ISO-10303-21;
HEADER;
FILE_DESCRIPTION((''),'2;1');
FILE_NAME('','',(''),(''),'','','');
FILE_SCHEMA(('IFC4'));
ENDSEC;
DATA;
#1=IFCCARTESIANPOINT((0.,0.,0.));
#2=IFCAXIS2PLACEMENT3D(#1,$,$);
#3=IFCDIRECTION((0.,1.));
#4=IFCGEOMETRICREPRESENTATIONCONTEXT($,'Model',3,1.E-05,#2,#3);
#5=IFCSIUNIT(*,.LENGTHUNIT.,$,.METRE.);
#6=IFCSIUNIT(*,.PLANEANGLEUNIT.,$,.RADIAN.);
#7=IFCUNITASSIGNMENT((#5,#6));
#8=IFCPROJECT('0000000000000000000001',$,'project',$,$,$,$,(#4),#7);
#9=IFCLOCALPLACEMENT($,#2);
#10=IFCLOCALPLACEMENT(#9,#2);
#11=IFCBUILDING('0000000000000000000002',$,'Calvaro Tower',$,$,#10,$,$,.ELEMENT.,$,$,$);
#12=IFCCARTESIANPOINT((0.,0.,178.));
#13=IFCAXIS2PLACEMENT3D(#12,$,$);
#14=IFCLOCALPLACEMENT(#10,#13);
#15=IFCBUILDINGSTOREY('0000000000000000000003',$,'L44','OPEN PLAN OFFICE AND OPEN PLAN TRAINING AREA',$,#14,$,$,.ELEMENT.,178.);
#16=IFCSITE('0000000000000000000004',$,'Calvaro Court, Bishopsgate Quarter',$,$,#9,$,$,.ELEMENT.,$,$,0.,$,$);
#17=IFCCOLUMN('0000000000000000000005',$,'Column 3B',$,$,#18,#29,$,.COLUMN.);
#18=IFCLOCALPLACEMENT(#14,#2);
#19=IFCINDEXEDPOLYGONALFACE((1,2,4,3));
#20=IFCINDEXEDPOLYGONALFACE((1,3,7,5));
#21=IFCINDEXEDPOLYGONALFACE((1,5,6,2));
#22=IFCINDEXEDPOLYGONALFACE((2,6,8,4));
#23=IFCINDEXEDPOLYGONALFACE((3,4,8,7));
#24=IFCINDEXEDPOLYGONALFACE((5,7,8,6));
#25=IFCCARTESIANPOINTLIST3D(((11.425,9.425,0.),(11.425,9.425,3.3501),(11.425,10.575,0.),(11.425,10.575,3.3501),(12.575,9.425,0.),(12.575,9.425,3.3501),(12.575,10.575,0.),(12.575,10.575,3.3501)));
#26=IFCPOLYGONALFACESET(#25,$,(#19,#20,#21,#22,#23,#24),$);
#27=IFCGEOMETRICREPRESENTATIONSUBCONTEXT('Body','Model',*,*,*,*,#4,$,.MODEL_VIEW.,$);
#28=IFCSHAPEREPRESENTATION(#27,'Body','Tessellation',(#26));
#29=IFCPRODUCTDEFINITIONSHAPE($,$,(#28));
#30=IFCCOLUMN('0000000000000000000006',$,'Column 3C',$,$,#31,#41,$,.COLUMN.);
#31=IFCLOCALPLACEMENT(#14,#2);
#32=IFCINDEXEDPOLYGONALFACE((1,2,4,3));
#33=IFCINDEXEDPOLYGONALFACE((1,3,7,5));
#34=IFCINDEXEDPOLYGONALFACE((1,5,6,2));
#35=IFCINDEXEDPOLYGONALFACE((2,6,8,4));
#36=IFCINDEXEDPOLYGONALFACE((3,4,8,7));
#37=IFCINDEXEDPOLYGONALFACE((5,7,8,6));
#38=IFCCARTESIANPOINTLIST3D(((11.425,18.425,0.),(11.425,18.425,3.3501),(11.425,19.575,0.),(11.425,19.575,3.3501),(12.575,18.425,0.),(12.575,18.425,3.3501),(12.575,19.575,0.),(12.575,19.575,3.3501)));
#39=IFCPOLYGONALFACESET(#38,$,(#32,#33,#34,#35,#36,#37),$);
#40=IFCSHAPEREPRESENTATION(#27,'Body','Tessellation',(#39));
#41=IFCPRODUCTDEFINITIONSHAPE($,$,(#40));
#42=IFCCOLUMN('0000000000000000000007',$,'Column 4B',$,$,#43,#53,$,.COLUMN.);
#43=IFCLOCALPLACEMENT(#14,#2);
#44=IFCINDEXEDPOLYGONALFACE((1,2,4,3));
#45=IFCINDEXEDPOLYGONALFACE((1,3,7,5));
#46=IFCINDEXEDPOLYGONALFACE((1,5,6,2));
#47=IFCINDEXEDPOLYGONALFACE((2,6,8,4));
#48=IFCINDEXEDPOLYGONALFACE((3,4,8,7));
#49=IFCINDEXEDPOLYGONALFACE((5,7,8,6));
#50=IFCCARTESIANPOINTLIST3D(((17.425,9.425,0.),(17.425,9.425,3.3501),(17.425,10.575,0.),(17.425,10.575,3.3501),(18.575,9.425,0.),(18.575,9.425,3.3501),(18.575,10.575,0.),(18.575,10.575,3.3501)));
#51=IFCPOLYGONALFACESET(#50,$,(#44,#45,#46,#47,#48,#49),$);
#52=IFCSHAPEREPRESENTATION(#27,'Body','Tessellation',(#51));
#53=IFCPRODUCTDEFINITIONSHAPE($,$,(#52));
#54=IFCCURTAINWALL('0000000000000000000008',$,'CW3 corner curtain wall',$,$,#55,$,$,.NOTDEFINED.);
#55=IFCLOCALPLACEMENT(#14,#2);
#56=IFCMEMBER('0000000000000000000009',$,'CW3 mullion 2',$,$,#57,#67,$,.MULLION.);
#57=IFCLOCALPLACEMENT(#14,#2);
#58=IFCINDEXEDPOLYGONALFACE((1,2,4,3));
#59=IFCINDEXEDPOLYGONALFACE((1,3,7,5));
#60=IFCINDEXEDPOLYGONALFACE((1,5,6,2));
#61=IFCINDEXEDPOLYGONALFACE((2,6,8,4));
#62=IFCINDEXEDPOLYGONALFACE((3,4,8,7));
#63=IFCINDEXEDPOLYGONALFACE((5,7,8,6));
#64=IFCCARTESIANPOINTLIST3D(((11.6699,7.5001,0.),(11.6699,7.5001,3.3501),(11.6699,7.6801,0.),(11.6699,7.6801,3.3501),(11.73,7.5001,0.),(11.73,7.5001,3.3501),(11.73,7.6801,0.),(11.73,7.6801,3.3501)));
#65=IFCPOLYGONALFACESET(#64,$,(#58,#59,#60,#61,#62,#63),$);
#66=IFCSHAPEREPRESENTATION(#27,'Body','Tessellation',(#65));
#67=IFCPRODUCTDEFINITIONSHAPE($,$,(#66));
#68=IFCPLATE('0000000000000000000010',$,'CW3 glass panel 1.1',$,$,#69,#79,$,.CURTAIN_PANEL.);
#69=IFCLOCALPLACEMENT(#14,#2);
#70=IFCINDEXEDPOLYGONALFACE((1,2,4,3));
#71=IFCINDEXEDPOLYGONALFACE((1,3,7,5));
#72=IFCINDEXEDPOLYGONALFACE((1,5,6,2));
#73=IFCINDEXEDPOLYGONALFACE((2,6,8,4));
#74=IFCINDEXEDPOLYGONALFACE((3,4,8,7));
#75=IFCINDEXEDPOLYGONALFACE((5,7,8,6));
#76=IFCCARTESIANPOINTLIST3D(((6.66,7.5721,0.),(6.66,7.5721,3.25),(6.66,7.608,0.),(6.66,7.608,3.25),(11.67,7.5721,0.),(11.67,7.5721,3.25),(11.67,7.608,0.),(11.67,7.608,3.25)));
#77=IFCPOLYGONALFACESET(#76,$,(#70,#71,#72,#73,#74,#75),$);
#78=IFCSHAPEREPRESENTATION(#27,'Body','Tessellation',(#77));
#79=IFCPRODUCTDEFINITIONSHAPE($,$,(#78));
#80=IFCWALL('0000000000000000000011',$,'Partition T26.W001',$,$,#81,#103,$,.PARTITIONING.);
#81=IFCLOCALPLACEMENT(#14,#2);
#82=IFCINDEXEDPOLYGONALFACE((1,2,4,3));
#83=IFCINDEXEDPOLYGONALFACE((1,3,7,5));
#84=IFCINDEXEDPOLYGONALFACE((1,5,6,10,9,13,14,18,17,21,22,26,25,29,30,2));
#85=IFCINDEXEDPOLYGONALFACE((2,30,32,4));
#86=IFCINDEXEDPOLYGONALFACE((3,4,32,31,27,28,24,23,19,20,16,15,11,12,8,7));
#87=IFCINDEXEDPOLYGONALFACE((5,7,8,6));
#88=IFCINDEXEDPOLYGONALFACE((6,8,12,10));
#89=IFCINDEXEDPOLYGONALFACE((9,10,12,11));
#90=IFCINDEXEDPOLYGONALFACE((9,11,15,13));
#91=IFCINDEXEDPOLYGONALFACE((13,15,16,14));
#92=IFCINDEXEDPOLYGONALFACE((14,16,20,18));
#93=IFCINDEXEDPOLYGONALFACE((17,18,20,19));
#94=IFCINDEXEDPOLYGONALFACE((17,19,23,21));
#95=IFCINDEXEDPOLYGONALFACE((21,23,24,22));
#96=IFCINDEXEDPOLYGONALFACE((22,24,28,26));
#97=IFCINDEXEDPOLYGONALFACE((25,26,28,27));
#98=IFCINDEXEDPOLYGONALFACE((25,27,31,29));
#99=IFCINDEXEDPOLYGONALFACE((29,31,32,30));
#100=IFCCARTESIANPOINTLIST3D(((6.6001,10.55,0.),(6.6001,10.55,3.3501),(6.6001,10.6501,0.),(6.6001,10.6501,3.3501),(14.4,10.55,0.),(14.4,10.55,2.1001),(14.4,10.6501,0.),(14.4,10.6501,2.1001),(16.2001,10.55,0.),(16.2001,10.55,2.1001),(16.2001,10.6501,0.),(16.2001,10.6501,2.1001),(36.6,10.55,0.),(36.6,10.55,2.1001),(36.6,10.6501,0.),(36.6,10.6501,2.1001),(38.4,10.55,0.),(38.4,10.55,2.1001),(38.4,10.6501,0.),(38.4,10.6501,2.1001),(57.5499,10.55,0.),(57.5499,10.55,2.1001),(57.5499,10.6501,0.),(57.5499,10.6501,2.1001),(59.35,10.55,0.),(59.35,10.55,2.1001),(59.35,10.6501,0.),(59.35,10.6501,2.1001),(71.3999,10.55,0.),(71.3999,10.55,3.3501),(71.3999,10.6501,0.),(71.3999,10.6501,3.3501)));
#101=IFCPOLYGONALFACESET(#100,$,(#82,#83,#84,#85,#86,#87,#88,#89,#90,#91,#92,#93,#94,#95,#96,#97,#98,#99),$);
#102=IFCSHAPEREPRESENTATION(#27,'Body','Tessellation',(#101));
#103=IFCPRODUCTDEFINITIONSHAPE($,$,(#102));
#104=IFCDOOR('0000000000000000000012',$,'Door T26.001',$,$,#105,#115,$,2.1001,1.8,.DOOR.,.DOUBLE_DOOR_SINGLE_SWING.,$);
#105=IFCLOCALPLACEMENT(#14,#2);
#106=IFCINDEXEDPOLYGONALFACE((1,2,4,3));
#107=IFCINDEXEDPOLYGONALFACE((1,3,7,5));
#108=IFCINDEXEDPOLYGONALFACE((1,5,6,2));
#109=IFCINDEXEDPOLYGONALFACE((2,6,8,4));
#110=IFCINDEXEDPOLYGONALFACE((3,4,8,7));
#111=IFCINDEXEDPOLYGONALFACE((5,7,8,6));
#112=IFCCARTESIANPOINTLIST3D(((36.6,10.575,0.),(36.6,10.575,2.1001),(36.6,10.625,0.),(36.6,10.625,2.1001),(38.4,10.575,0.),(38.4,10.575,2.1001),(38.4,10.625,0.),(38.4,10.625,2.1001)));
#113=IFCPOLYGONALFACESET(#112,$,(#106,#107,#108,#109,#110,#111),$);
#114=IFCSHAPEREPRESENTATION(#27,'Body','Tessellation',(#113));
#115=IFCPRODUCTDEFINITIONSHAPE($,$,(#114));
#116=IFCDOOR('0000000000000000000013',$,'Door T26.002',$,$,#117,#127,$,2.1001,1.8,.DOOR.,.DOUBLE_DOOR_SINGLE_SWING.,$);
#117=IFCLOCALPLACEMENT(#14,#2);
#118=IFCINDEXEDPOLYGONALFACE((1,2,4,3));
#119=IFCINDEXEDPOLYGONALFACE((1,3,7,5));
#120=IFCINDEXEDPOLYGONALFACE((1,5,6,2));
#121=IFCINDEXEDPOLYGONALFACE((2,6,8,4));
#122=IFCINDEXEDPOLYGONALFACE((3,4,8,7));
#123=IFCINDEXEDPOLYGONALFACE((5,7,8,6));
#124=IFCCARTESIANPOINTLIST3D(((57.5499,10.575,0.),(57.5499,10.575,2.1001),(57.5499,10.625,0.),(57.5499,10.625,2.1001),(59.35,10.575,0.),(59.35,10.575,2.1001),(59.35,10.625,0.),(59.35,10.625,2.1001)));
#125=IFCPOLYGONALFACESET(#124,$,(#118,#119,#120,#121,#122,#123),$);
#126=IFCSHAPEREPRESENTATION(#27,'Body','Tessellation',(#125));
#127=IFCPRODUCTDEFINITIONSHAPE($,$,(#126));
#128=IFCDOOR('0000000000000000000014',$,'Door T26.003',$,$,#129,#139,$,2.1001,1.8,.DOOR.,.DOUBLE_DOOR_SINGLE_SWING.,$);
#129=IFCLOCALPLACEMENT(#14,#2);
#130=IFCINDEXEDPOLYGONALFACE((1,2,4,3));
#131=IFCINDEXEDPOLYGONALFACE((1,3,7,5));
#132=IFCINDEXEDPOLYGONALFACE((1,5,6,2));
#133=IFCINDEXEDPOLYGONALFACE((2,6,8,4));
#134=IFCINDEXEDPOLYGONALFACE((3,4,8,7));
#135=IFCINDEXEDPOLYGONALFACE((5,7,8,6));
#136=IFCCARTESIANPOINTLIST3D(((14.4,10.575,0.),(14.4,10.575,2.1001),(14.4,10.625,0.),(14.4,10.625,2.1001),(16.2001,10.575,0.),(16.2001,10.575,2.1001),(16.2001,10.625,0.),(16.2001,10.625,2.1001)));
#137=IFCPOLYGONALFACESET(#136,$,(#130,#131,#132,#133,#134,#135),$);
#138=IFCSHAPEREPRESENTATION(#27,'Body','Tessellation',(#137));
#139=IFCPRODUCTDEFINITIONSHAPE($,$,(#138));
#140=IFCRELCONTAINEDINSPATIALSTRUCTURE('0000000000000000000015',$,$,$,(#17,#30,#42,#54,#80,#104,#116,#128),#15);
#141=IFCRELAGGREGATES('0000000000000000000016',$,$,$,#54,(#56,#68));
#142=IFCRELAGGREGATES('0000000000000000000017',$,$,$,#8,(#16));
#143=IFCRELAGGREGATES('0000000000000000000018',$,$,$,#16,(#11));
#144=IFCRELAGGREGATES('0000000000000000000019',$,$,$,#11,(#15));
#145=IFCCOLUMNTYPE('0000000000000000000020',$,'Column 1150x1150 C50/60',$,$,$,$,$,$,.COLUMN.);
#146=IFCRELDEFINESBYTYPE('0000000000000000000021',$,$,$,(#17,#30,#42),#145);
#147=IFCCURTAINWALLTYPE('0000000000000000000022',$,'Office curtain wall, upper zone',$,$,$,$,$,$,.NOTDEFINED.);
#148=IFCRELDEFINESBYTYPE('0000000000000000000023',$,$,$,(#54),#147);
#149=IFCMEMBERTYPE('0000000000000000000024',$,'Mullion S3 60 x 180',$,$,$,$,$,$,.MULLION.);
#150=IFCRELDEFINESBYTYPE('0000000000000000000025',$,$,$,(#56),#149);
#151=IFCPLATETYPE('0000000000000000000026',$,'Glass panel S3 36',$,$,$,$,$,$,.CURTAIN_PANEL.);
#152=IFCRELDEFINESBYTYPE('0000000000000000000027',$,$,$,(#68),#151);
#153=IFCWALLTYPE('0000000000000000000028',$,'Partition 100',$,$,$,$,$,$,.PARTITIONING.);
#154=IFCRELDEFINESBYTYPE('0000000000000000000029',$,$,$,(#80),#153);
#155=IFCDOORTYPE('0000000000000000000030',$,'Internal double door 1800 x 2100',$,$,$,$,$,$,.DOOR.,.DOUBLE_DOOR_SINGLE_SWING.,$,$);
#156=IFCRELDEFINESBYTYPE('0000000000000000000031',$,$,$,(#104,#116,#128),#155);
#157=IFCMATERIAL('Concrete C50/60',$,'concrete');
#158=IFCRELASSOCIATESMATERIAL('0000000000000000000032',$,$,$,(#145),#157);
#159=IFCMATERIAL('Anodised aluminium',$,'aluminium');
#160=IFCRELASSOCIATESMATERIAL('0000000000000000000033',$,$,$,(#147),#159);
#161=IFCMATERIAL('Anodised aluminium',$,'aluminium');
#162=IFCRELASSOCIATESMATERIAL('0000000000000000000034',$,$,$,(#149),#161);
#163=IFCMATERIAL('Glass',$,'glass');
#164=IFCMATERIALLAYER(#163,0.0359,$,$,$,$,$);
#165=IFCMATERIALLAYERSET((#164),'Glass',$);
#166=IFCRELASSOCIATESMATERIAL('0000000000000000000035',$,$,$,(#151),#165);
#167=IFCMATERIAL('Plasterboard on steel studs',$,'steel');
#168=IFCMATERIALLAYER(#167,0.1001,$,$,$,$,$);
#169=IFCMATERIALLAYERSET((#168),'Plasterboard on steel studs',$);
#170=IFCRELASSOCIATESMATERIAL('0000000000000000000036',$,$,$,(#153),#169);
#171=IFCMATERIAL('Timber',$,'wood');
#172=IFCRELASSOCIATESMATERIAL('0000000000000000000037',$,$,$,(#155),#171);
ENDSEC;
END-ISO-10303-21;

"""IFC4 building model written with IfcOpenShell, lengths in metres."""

from ifc_helpers import new_model, si_unit, direction, frame, frame_2d, origin, origin_2d, place, context, subcontext, project, spatial, rectangle, extrude, material, layer, layer_set, material_profile, profile_set, type_object, element, fill, aggregate, save


model = new_model("IFC4")

# Units and contexts
model_context = context("Model", 3, precision=1e-05, world=origin(), true_north=direction((0.0, 1.0)))
body_context = subcontext(model_context, "Body", "Model", "MODEL_VIEW")
ifc_project = project(units=[si_unit("LENGTHUNIT", "METRE"), si_unit("PLANEANGLEUNIT", "RADIAN")], contexts=[model_context])

# Site, building, storey
site_placement = place(None, origin())
site = spatial("IfcSite", under=ifc_project, at=site_placement, Name="Calvaro Court, Bishopsgate Quarter", CompositionType="ELEMENT", RefElevation=0.0)
building_placement = place(site_placement, origin())
building = spatial("IfcBuilding", under=site, at=building_placement, Name="Calvaro Tower", CompositionType="ELEMENT")
storey_placement = place(building_placement, frame((0.0, 0.0, 178.0)))
storey = spatial("IfcBuildingStorey", under=building, at=storey_placement, Name="L44", Description="OPEN PLAN OFFICE AND OPEN PLAN TRAINING AREA", CompositionType="ELEMENT", Elevation=178.0)

# Columns
ifc_material_1 = material(Name="Concrete C50/60", Category="concrete")
ifc_material_profile_1 = material_profile(ifc_material_1, rectangle(XDim=1.1499, YDim=1.1499, at=origin_2d()), Name="RC 1150x1150")
ifc_profile_set_1 = profile_set([ifc_material_profile_1], Name="Concrete C50/60")
column_type = type_object("IfcColumnType", Name="Column 1150x1150 C50/60", PredefinedType="COLUMN", material=ifc_profile_set_1)
for number, where, z_axis, x_axis, name in (
    (1, (12.0, 10.0, 0.0), (0.0, 0.0, 1.0), (1.0, 0.0, 0.0), "Column 3B"),
    (2, (12.0, 19.0, 0.0), (0.0, 0.0, 1.0), (1.0, 0.0, 0.0), "Column 3C"),
    (3, (18.0, 10.0, 0.0), (0.0, 0.0, 1.0), (1.0, 0.0, 0.0), "Column 4B"),
):
    element("IfcColumn", number, at=place(storey_placement, frame(where, z_axis=z_axis, x_axis=x_axis)), inside=storey, type_object=column_type, Name=name, PredefinedType="COLUMN", context=body_context, shape_type="SweptSolid", body=[
        extrude(rectangle(XDim=1.1499, YDim=1.1499, at=origin_2d()), origin(), (0.0, 0.0, 1.0), 3.3501),
    ])

# Curtain wall, member, plate
ifc_material_2 = material(Name="Anodised aluminium", Category="aluminium")
curtain_wall_type = type_object("IfcCurtainWallType", Name="Office curtain wall, upper zone", PredefinedType="NOTDEFINED", material=ifc_material_2)
curtain_wall_placement = place(storey_placement, origin())
curtain_wall = element("IfcCurtainWall", 4, at=curtain_wall_placement, inside=storey, type_object=curtain_wall_type, Name="CW3 corner curtain wall", PredefinedType="NOTDEFINED")
ifc_material_3 = material(Name="Anodised aluminium", Category="aluminium")
ifc_material_profile_2 = material_profile(ifc_material_3, rectangle(XDim=0.1799, YDim=0.0601, at=origin_2d()), Name="Mullion S3 60 x 180")
ifc_profile_set_2 = profile_set([ifc_material_profile_2], Name="Anodised aluminium")
member_type = type_object("IfcMemberType", Name="Mullion S3 60 x 180", PredefinedType="MULLION", material=ifc_profile_set_2)
member_placement = place(storey_placement, frame((11.7, 7.5901, 0.0), z_axis=(0.0, 0.0, 1.0), x_axis=(0.0, 1.0, 0.0)))
member = element("IfcMember", 5, at=member_placement, type_object=member_type, Name="CW3 mullion 2", PredefinedType="MULLION", context=body_context, shape_type="SweptSolid", body=[
    extrude(rectangle(XDim=0.1799, YDim=0.0601, at=origin_2d()), origin(), (0.0, 0.0, 1.0), 3.3501),
])
ifc_material_4 = material(Name="Glass", Category="glass")
ifc_layer_1 = layer(ifc_material_4, 0.0359)
ifc_layer_set_1 = layer_set([ifc_layer_1], Name="Glass")
plate_type = type_object("IfcPlateType", Name="Glass panel S3 36", PredefinedType="CURTAIN_PANEL", material=ifc_layer_set_1)
plate_placement = place(storey_placement, frame((9.165, 7.5901, 0.0), z_axis=(0.0, 0.0, 1.0), x_axis=(1.0, 0.0, 0.0)))
plate = element("IfcPlate", 6, at=plate_placement, type_object=plate_type, Name="CW3 glass panel 1.1", PredefinedType="CURTAIN_PANEL", context=body_context, shape_type="SweptSolid", body=[
    extrude(rectangle(XDim=5.01, YDim=0.0359, at=origin_2d()), origin(), (0.0, 0.0, 1.0), 3.25),
])
aggregate(curtain_wall, [member, plate])

# Wall, openings, doors
ifc_material_5 = material(Name="Plasterboard on steel studs", Category="steel")
ifc_layer_2 = layer(ifc_material_5, 0.1001)
ifc_layer_set_2 = layer_set([ifc_layer_2], Name="Plasterboard on steel studs")
wall_type = type_object("IfcWallType", Name="Partition 100", PredefinedType="PARTITIONING", material=ifc_layer_set_2)
wall_1_placement = place(storey_placement, frame((6.6001, 10.6001, 0.0), z_axis=(0.0, 0.0, 1.0), x_axis=(1.0, 0.0, 0.0)))
wall_1 = element("IfcWall", 7, at=wall_1_placement, inside=storey, type_object=wall_type, Name="Partition T26.W001", PredefinedType="PARTITIONING", context=body_context, shape_type="SweptSolid", body=[
    extrude(rectangle(XDim=64.7998, YDim=0.1001, at=frame_2d((32.3999, 0.0))), origin(), (0.0, 0.0, 1.0), 3.3501),
])
opening_1_placement = place(wall_1_placement, frame((30.0, 0.0, 0.0)))
opening_1 = element("IfcOpeningElement", 8, at=opening_1_placement, cuts=wall_1, PredefinedType="OPENING", context=body_context, shape_type="SweptSolid", body=[
    extrude(rectangle(XDim=1.8, YDim=2.1001, at=frame_2d((0.8999, 1.05))), frame((0.0, 0.0601, 0.0), z_axis=(0.0, -1.0, 0.0), x_axis=(1.0, 0.0, 0.0)), (0.0, 0.0, 1.0), 0.1201),
])
opening_2_placement = place(wall_1_placement, frame((50.95, 0.0, 0.0)))
opening_2 = element("IfcOpeningElement", 9, at=opening_2_placement, cuts=wall_1, PredefinedType="OPENING", context=body_context, shape_type="SweptSolid", body=[
    extrude(rectangle(XDim=1.8, YDim=2.1001, at=frame_2d((0.8999, 1.05))), frame((0.0, 0.0601, 0.0), z_axis=(0.0, -1.0, 0.0), x_axis=(1.0, 0.0, 0.0)), (0.0, 0.0, 1.0), 0.1201),
])
opening_3_placement = place(wall_1_placement, frame((7.8, 0.0, 0.0)))
opening_3 = element("IfcOpeningElement", 10, at=opening_3_placement, cuts=wall_1, PredefinedType="OPENING", context=body_context, shape_type="SweptSolid", body=[
    extrude(rectangle(XDim=1.8, YDim=2.1001, at=frame_2d((0.8999, 1.05))), frame((0.0, 0.0601, 0.0), z_axis=(0.0, -1.0, 0.0), x_axis=(1.0, 0.0, 0.0)), (0.0, 0.0, 1.0), 0.1201),
])
ifc_material_6 = material(Name="Timber", Category="wood")
door_type_1 = type_object("IfcDoorType", Name="Internal double door 1800 x 2100", OperationType="DOUBLE_DOOR_SINGLE_SWING", PredefinedType="DOOR", material=ifc_material_6)
door_1_placement = place(opening_1_placement, origin())
door_1 = element("IfcDoor", 11, at=door_1_placement, inside=storey, type_object=door_type_1, Name="Door T26.001", OperationType="DOUBLE_DOOR_SINGLE_SWING", OverallHeight=2.1001, OverallWidth=1.8, PredefinedType="DOOR", context=body_context, shape_type="SweptSolid", body=[
    extrude(rectangle(XDim=1.8, YDim=2.1001, at=frame_2d((0.8999, 1.05))), frame((0.0, 0.0249, 0.0), z_axis=(0.0, -1.0, 0.0), x_axis=(1.0, 0.0, 0.0)), (0.0, 0.0, 1.0), 0.05),
])
fill(opening_1, door_1)
door_2_placement = place(opening_2_placement, origin())
door_2 = element("IfcDoor", 12, at=door_2_placement, inside=storey, type_object=door_type_1, Name="Door T26.002", OperationType="DOUBLE_DOOR_SINGLE_SWING", OverallHeight=2.1001, OverallWidth=1.8, PredefinedType="DOOR", context=body_context, shape_type="SweptSolid", body=[
    extrude(rectangle(XDim=1.8, YDim=2.1001, at=frame_2d((0.8999, 1.05))), frame((0.0, 0.0249, 0.0), z_axis=(0.0, -1.0, 0.0), x_axis=(1.0, 0.0, 0.0)), (0.0, 0.0, 1.0), 0.05),
])
fill(opening_2, door_2)
door_3_placement = place(opening_3_placement, origin())
door_3 = element("IfcDoor", 13, at=door_3_placement, inside=storey, type_object=door_type_1, Name="Door T26.003", OperationType="DOUBLE_DOOR_SINGLE_SWING", OverallHeight=2.1001, OverallWidth=1.8, PredefinedType="DOOR", context=body_context, shape_type="SweptSolid", body=[
    extrude(rectangle(XDim=1.8, YDim=2.1001, at=frame_2d((0.8999, 1.05))), frame((0.0, 0.0249, 0.0), z_axis=(0.0, -1.0, 0.0), x_axis=(1.0, 0.0, 0.0)), (0.0, 0.0, 1.0), 0.05),
])
fill(opening_3, door_3)

save(model, "model.ifc")
